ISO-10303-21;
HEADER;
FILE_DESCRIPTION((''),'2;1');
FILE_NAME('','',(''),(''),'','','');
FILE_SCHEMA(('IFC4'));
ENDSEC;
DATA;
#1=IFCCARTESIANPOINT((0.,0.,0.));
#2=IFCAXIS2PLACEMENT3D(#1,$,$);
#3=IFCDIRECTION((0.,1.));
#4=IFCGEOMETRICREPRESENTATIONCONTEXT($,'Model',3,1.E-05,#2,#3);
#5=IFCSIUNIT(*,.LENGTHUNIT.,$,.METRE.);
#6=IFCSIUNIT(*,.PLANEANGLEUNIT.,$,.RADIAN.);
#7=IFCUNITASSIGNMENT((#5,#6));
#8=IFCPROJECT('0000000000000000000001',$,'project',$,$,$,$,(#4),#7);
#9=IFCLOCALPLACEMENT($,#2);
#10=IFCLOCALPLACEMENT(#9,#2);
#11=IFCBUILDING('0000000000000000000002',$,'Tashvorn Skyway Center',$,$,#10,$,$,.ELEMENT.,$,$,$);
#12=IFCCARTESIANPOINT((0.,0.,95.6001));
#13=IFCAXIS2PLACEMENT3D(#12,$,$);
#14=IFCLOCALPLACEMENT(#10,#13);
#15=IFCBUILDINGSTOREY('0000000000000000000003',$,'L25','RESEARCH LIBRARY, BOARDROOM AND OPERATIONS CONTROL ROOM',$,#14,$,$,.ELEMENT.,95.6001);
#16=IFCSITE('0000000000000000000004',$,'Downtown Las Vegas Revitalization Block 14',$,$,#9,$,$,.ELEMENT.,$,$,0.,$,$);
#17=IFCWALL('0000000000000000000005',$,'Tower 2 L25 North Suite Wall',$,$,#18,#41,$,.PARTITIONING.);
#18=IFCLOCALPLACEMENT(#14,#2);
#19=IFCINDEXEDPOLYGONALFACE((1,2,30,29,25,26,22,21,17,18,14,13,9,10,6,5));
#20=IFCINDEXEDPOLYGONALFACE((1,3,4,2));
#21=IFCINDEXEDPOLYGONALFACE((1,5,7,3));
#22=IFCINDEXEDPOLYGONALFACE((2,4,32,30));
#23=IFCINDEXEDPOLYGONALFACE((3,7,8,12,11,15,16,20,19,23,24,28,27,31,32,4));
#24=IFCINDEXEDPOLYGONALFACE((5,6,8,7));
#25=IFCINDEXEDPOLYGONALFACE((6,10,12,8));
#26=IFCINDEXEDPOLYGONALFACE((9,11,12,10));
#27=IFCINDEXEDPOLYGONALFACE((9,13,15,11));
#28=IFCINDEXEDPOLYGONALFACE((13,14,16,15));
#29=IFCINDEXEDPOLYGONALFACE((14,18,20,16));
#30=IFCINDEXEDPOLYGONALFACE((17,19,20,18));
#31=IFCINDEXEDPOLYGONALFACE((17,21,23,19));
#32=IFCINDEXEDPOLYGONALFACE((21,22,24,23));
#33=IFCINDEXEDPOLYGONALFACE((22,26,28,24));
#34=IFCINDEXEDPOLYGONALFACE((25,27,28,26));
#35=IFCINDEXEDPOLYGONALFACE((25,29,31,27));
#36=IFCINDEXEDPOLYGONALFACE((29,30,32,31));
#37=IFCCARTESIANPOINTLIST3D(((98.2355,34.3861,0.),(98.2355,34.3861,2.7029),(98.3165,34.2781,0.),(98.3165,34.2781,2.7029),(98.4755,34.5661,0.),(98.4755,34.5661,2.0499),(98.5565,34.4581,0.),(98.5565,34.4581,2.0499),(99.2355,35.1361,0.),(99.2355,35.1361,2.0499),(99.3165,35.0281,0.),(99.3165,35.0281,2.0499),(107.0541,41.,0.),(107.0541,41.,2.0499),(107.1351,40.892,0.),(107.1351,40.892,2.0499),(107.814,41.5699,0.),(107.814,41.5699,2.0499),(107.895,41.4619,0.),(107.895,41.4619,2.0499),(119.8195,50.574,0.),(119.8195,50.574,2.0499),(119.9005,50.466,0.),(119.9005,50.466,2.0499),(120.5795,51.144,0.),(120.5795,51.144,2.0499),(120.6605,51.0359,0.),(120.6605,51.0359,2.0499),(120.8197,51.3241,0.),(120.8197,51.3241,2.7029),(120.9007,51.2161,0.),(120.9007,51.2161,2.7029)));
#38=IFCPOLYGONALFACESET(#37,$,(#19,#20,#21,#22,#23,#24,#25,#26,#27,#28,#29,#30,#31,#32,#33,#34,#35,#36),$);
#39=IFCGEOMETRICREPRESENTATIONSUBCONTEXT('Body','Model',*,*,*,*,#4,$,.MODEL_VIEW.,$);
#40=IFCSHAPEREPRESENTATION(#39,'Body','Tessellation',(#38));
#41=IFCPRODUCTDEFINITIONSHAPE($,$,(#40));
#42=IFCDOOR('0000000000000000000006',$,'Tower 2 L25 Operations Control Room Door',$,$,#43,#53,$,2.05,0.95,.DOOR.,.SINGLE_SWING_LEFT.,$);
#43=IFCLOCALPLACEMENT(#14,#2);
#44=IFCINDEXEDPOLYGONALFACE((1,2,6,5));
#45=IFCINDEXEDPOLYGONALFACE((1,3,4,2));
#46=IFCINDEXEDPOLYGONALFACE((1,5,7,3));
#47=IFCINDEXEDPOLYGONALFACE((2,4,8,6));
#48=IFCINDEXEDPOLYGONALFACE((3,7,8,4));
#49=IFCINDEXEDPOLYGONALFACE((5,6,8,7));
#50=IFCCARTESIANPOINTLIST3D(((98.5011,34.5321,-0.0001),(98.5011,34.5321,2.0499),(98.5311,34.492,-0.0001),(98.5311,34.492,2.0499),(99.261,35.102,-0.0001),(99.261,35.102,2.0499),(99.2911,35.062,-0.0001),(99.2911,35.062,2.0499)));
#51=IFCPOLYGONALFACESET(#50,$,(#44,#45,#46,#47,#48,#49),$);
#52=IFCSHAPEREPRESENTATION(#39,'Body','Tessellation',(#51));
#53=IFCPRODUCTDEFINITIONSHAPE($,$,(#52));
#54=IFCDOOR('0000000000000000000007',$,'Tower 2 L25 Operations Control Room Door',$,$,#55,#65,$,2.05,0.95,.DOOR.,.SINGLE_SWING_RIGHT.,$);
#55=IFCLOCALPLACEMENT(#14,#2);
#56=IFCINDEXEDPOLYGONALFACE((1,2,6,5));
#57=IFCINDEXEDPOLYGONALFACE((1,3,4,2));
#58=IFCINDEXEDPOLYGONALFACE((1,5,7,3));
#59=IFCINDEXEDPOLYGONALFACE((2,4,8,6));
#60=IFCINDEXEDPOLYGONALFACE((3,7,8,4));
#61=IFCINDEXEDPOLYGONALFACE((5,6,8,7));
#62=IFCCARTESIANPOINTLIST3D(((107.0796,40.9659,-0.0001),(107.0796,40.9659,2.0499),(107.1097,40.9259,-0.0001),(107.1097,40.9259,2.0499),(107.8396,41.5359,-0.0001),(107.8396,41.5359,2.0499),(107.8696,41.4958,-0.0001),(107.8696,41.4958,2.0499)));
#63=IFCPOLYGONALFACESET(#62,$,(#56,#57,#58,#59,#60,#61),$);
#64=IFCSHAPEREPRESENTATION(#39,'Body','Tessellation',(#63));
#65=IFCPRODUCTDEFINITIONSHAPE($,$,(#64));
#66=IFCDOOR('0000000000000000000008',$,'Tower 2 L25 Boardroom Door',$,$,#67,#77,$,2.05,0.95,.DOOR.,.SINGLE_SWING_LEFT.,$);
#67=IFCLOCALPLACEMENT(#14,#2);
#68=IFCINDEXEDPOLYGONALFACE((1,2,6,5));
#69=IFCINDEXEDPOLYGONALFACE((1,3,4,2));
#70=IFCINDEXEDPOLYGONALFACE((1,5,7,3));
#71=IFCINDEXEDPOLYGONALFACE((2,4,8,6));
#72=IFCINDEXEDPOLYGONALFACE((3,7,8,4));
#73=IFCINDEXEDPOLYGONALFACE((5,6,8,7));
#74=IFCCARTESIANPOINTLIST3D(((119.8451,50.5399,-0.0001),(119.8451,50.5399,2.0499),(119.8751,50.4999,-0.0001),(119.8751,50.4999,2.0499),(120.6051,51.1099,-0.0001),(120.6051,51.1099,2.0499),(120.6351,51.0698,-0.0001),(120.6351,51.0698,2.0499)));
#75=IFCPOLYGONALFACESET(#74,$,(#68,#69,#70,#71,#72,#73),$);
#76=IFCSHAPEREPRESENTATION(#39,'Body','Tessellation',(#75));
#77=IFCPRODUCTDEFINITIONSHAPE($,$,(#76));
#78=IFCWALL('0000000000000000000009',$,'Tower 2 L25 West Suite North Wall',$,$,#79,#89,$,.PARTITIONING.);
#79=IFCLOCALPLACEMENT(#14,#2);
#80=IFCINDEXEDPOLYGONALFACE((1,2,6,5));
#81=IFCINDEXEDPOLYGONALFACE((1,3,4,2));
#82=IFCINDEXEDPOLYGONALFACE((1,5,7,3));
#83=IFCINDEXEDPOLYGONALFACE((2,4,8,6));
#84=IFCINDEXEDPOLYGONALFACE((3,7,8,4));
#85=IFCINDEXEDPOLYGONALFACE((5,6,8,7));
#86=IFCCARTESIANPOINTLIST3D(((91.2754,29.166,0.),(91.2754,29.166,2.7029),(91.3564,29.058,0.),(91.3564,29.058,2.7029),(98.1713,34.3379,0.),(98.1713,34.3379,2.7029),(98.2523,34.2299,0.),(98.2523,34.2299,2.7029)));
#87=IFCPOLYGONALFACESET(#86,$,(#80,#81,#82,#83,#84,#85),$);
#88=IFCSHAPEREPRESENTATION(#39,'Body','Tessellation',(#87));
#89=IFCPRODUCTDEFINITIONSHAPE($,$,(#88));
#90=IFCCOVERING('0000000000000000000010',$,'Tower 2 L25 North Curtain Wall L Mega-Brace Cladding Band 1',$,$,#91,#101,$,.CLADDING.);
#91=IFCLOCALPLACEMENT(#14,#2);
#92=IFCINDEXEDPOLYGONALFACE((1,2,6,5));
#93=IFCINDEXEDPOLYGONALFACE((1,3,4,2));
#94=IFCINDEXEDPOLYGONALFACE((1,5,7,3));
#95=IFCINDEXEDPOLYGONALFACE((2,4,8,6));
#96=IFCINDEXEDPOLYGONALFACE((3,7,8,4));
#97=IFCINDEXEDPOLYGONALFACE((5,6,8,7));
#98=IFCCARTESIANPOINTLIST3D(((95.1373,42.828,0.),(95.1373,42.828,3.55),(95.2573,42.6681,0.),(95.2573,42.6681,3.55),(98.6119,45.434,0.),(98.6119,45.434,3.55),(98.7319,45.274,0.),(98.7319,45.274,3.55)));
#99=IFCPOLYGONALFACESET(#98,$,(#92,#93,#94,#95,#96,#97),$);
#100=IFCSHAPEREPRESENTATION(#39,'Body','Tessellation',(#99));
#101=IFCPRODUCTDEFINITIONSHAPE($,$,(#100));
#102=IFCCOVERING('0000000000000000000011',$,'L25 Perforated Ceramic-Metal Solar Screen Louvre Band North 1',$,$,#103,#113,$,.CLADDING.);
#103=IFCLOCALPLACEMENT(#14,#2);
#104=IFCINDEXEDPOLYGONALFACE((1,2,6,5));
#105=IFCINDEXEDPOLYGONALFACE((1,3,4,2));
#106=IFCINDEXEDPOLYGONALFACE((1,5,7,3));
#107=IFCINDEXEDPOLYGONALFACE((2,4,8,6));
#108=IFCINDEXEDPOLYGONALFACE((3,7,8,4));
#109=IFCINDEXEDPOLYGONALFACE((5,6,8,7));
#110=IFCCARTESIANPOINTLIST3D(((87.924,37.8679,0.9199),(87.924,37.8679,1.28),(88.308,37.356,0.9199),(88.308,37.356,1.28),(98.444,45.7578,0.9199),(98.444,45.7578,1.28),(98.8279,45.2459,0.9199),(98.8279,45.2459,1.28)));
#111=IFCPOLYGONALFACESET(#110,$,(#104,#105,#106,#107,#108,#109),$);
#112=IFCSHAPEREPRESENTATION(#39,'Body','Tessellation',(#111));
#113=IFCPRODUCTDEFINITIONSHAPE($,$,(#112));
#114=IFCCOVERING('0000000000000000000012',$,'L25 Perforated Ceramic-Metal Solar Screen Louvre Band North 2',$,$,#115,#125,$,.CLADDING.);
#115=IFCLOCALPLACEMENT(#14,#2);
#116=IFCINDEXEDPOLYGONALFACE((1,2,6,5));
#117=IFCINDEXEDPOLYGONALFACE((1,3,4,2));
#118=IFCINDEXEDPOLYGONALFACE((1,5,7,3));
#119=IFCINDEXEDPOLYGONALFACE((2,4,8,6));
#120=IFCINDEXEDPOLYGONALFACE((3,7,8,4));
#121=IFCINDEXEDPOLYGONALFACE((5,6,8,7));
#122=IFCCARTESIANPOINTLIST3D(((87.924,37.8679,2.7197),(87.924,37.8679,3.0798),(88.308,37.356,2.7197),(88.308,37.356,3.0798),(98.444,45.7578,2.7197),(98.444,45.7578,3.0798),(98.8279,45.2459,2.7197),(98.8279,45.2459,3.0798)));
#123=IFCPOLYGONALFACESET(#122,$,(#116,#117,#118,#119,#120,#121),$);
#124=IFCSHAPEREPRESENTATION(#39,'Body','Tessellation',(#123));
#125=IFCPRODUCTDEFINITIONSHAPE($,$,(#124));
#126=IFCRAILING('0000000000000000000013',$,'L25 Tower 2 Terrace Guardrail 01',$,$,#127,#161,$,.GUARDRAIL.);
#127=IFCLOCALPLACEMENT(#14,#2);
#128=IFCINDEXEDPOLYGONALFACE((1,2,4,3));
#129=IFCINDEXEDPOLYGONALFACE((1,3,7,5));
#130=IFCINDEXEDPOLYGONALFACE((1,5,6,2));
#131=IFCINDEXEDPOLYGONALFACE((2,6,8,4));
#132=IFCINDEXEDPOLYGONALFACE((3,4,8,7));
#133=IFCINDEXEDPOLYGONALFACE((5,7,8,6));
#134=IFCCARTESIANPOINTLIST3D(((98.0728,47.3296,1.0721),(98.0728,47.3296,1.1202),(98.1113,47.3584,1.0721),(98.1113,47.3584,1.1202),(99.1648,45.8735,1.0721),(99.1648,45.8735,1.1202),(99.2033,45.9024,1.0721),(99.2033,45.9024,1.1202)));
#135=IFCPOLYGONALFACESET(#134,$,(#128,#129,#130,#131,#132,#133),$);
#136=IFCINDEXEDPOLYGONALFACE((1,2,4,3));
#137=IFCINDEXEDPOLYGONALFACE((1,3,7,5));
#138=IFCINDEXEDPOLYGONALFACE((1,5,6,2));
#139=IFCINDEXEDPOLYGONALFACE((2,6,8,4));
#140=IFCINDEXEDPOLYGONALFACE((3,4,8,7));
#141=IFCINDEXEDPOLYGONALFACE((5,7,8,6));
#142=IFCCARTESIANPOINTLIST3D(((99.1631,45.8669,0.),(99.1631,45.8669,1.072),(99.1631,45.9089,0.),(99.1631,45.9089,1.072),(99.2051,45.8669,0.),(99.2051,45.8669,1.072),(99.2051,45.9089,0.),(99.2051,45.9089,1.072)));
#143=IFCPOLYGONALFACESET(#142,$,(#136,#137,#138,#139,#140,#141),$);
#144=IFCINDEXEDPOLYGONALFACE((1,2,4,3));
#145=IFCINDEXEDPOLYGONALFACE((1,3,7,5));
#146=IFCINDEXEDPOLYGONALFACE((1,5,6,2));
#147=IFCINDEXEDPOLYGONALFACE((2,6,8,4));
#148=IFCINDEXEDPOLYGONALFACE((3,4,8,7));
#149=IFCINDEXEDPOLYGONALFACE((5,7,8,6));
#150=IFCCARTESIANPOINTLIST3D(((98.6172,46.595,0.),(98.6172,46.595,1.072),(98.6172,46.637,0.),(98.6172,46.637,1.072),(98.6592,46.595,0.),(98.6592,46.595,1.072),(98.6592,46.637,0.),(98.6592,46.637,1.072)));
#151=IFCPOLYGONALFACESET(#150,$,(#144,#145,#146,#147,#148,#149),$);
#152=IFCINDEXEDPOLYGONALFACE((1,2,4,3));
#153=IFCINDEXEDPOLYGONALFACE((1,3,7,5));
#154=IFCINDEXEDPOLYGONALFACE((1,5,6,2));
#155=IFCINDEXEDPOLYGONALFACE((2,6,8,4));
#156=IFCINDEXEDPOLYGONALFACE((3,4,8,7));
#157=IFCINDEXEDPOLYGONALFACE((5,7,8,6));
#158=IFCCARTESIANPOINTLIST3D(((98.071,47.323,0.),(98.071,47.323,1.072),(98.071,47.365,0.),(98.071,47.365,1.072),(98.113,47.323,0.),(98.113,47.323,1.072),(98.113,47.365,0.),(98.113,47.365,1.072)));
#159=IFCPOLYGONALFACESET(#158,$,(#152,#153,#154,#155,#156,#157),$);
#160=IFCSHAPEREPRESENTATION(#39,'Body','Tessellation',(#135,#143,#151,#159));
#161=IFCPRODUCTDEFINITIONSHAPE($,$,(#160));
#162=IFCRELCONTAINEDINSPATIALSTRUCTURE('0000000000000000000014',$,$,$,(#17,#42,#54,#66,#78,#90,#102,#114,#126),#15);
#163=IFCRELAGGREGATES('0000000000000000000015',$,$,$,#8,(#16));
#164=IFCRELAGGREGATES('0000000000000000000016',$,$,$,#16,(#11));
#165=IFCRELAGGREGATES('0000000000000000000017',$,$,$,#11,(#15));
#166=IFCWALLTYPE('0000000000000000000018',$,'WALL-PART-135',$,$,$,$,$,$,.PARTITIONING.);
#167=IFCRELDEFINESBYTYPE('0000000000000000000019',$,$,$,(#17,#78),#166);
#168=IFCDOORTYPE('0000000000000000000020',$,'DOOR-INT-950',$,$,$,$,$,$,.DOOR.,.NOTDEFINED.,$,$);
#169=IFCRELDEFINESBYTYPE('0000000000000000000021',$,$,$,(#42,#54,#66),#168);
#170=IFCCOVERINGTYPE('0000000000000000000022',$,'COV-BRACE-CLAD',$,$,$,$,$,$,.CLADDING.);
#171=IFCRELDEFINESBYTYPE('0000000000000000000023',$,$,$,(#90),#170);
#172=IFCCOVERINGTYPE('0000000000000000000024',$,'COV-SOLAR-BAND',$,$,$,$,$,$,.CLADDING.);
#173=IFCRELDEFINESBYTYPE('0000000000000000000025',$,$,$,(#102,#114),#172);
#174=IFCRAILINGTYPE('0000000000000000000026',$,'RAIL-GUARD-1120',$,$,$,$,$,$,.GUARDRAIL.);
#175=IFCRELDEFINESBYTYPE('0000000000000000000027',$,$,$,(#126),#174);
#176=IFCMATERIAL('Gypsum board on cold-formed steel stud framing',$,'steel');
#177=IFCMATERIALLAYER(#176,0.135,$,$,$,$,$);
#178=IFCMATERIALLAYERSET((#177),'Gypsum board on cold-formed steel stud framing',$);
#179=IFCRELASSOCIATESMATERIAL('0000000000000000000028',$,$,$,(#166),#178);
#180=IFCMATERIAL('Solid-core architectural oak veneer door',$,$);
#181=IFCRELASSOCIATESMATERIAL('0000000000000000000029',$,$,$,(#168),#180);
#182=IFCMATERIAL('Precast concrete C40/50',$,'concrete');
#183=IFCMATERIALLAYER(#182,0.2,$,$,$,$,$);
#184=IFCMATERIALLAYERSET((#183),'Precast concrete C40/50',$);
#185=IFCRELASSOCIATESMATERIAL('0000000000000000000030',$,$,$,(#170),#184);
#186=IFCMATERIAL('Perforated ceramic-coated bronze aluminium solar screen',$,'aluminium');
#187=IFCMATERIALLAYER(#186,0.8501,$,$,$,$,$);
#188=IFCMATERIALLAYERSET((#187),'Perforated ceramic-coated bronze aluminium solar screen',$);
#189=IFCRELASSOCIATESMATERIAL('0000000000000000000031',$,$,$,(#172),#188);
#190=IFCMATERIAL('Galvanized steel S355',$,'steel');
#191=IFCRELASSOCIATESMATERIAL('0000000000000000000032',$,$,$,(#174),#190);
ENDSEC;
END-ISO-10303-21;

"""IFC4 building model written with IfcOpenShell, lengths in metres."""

from ifc_helpers import new_model, si_unit, direction, frame, frame_2d, origin, origin_2d, place, context, subcontext, project, spatial, rectangle, extrude, material, layer, layer_set, type_object, element, fill, save


model = new_model("IFC4")

# Units and contexts
model_context = context("Model", 3, precision=1e-05, world=origin(), true_north=direction((0.0, 1.0)))
body_context = subcontext(model_context, "Body", "Model", "MODEL_VIEW")
ifc_project = project(units=[si_unit("LENGTHUNIT", "METRE"), si_unit("PLANEANGLEUNIT", "RADIAN")], contexts=[model_context])

# Site, building, storey
site_placement = place(None, origin())
site = spatial("IfcSite", under=ifc_project, at=site_placement, Name="Downtown Las Vegas Revitalization Block 14", CompositionType="ELEMENT", RefElevation=0.0)
building_placement = place(site_placement, origin())
building = spatial("IfcBuilding", under=site, at=building_placement, Name="Tashvorn Skyway Center", CompositionType="ELEMENT")
storey_placement = place(building_placement, frame((0.0, 0.0, 95.6001)))
storey = spatial("IfcBuildingStorey", under=building, at=storey_placement, Name="L25", Description="RESEARCH LIBRARY, BOARDROOM AND OPERATIONS CONTROL ROOM", CompositionType="ELEMENT", Elevation=95.6001)

# Shared definitions
ifc_material_1 = material(Name="Precast concrete C40/50", Category="concrete")

# Wall, openings, doors
ifc_material_2 = material(Name="Gypsum board on cold-formed steel stud framing", Category="steel")
ifc_layer_1 = layer(ifc_material_2, 0.135)
ifc_layer_set_1 = layer_set([ifc_layer_1], Name="Gypsum board on cold-formed steel stud framing")
wall_type_1 = type_object("IfcWallType", Name="WALL-PART-135", PredefinedType="PARTITIONING", material=ifc_layer_set_1)
wall_1_placement = place(storey_placement, frame((98.2759, 34.332, 0.0), z_axis=(0.0, 0.0, 1.0), x_axis=(0.800003, 0.599996, 0.0)))
wall_1 = element("IfcWall", 1, at=wall_1_placement, inside=storey, type_object=wall_type_1, Name="Tower 2 L25 North Suite Wall", PredefinedType="PARTITIONING", context=body_context, shape_type="SweptSolid", body=[
    extrude(rectangle(XDim=28.2302, YDim=0.135, at=frame_2d((14.1152, 0.0))), origin(), (0.0, 0.0, 1.0), 2.7029),
])
opening_1_placement = place(wall_1_placement, frame((0.3, 0.0, 0.0)))
opening_1 = element("IfcOpeningElement", 2, at=opening_1_placement, cuts=wall_1, PredefinedType="OPENING", context=body_context, shape_type="SweptSolid", body=[
    extrude(rectangle(XDim=0.95, YDim=2.05, at=frame_2d((0.4751, 1.0249))), frame((0.0, 0.0774, 0.0), z_axis=(0.0, -1.0, 0.0), x_axis=(1.0, 0.0, 0.0)), (0.0, 0.0, 1.0), 0.155),
])
opening_2_placement = place(wall_1_placement, frame((11.0232, 0.0, 0.0)))
opening_2 = element("IfcOpeningElement", 3, at=opening_2_placement, cuts=wall_1, PredefinedType="OPENING", context=body_context, shape_type="SweptSolid", body=[
    extrude(rectangle(XDim=0.95, YDim=2.05, at=frame_2d((0.4751, 1.0249))), frame((0.0, 0.0774, 0.0), z_axis=(0.0, -1.0, 0.0), x_axis=(1.0, 0.0, 0.0)), (0.0, 0.0, 1.0), 0.155),
])
opening_3_placement = place(wall_1_placement, frame((26.98, 0.0, 0.0)))
opening_3 = element("IfcOpeningElement", 4, at=opening_3_placement, cuts=wall_1, PredefinedType="OPENING", context=body_context, shape_type="SweptSolid", body=[
    extrude(rectangle(XDim=0.95, YDim=2.05, at=frame_2d((0.4751, 1.0249))), frame((0.0, 0.0774, 0.0), z_axis=(0.0, -1.0, 0.0), x_axis=(1.0, 0.0, 0.0)), (0.0, 0.0, 1.0), 0.155),
])
ifc_material_3 = material(Name="Solid-core architectural oak veneer door")
door_type_1 = type_object("IfcDoorType", Name="DOOR-INT-950", OperationType="NOTDEFINED", PredefinedType="DOOR", material=ifc_material_3)
door_1_placement = place(opening_1_placement, origin())
door_1 = element("IfcDoor", 5, at=door_1_placement, inside=storey, type_object=door_type_1, Name="Tower 2 L25 Operations Control Room Door", OperationType="SINGLE_SWING_LEFT", OverallHeight=2.05, OverallWidth=0.95, PredefinedType="DOOR", context=body_context, shape_type="SweptSolid", body=[
    extrude(rectangle(XDim=0.95, YDim=2.05, at=frame_2d((0.4751, 1.0249))), frame((0.0, 0.0249, 0.0), z_axis=(0.0, -1.0, 0.0), x_axis=(1.0, 0.0, 0.0)), (0.0, 0.0, 1.0), 0.05),
])
fill(opening_1, door_1)
door_2_placement = place(opening_2_placement, origin())
door_2 = element("IfcDoor", 6, at=door_2_placement, inside=storey, type_object=door_type_1, Name="Tower 2 L25 Operations Control Room Door", OperationType="SINGLE_SWING_RIGHT", OverallHeight=2.05, OverallWidth=0.95, PredefinedType="DOOR", context=body_context, shape_type="SweptSolid", body=[
    extrude(rectangle(XDim=0.95, YDim=2.05, at=frame_2d((0.4751, 1.0249))), frame((0.0, 0.0249, 0.0), z_axis=(0.0, -1.0, 0.0), x_axis=(1.0, 0.0, 0.0)), (0.0, 0.0, 1.0), 0.05),
])
fill(opening_2, door_2)
door_3_placement = place(opening_3_placement, origin())
door_3 = element("IfcDoor", 7, at=door_3_placement, inside=storey, type_object=door_type_1, Name="Tower 2 L25 Boardroom Door", OperationType="SINGLE_SWING_LEFT", OverallHeight=2.05, OverallWidth=0.95, PredefinedType="DOOR", context=body_context, shape_type="SweptSolid", body=[
    extrude(rectangle(XDim=0.95, YDim=2.05, at=frame_2d((0.4751, 1.0249))), frame((0.0, 0.0249, 0.0), z_axis=(0.0, -1.0, 0.0), x_axis=(1.0, 0.0, 0.0)), (0.0, 0.0, 1.0), 0.05),
])
fill(opening_3, door_3)

# Wall
wall_2_placement = place(storey_placement, frame((98.2119, 34.2839, 0.0), z_axis=(0.0, 0.0, 1.0), x_axis=(-0.800007, -0.599991, 0.0)))
element("IfcWall", 8, at=wall_2_placement, inside=storey, type_object=wall_type_1, Name="Tower 2 L25 West Suite North Wall", PredefinedType="PARTITIONING", context=body_context, shape_type="SweptSolid", body=[
    extrude(rectangle(XDim=8.6199, YDim=0.135, at=frame_2d((4.3101, 0.0))), origin(), (0.0, 0.0, 1.0), 2.7029),
])

# Coverings
ifc_layer_2 = layer(ifc_material_1, 0.2)
ifc_layer_set_2 = layer_set([ifc_layer_2], Name="Precast concrete C40/50")
covering_type_1 = type_object("IfcCoveringType", Name="COV-BRACE-CLAD", PredefinedType="CLADDING", material=ifc_layer_set_2)
covering_placement = place(storey_placement, frame((96.9346, 44.051, 0.0), z_axis=(0.0, 0.0, 1.0), x_axis=(0.8, 0.6, 0.0)))
element("IfcCovering", 9, at=covering_placement, inside=storey, type_object=covering_type_1, Name="Tower 2 L25 North Curtain Wall L Mega-Brace Cladding Band 1", PredefinedType="CLADDING", context=body_context, shape_type="SweptSolid", body=[
    extrude(rectangle(XDim=4.3433, YDim=0.2, at=origin_2d()), origin(), (0.0, 0.0, 1.0), 3.55),
])
ifc_material_4 = material(Name="Perforated ceramic-coated bronze aluminium solar screen", Category="aluminium")
ifc_layer_3 = layer(ifc_material_4, 0.8501)
ifc_layer_set_3 = layer_set([ifc_layer_3], Name="Perforated ceramic-coated bronze aluminium solar screen")
covering_type_2 = type_object("IfcCoveringType", Name="COV-SOLAR-BAND", PredefinedType="CLADDING", material=ifc_layer_set_3)
for number, where, z_axis, x_axis, name in (
    (10, (93.376, 41.5569, 0.9199), (0.0, 0.0, 1.0), (0.8, 0.6, 0.0), "L25 Perforated Ceramic-Metal Solar Screen Louvre Band North 1"),
    (11, (93.376, 41.5569, 2.7197), (0.0, 0.0, 1.0), (0.8, 0.6, 0.0), "L25 Perforated Ceramic-Metal Solar Screen Louvre Band North 2"),
):
    element("IfcCovering", number, at=place(storey_placement, frame(where, z_axis=z_axis, x_axis=x_axis)), inside=storey, type_object=covering_type_2, Name=name, PredefinedType="CLADDING", context=body_context, shape_type="SweptSolid", body=[
        extrude(rectangle(XDim=13.1499, YDim=0.6399, at=origin_2d()), origin(), (0.0, 0.0, 1.0), 0.3601),
    ])

# Railing
ifc_material_5 = material(Name="Galvanized steel S355", Category="steel")
railing_type = type_object("IfcRailingType", Name="RAIL-GUARD-1120", PredefinedType="GUARDRAIL", material=ifc_material_5)
railing_1_placement = place(storey_placement, frame((99.1841, 45.8879, 0.0)))
element("IfcRailing", 12, at=railing_1_placement, inside=storey, type_object=railing_type, Name="L25 Tower 2 Terrace Guardrail 01", PredefinedType="GUARDRAIL", context=body_context, shape_type="SweptSolid", body=[
    extrude(rectangle(XDim=0.0481, YDim=0.0481, at=origin_2d()), frame((0.0, 0.0, 1.0962), z_axis=(-0.6, 0.8, 0.0), x_axis=(-0.8, -0.6, 0.0)), (0.0, 0.0, 1.0), 1.8201),
    extrude(rectangle(XDim=0.042, YDim=0.042, at=origin_2d()), origin(), (0.0, 0.0, 1.0), 1.072),
    extrude(rectangle(XDim=0.042, YDim=0.042, at=origin_2d()), frame((-0.5459, 0.728, 0.0)), (0.0, 0.0, 1.0), 1.072),
    extrude(rectangle(XDim=0.042, YDim=0.042, at=origin_2d()), frame((-1.092, 1.4561, 0.0)), (0.0, 0.0, 1.0), 1.072),
])

save(model, "model.ifc")
